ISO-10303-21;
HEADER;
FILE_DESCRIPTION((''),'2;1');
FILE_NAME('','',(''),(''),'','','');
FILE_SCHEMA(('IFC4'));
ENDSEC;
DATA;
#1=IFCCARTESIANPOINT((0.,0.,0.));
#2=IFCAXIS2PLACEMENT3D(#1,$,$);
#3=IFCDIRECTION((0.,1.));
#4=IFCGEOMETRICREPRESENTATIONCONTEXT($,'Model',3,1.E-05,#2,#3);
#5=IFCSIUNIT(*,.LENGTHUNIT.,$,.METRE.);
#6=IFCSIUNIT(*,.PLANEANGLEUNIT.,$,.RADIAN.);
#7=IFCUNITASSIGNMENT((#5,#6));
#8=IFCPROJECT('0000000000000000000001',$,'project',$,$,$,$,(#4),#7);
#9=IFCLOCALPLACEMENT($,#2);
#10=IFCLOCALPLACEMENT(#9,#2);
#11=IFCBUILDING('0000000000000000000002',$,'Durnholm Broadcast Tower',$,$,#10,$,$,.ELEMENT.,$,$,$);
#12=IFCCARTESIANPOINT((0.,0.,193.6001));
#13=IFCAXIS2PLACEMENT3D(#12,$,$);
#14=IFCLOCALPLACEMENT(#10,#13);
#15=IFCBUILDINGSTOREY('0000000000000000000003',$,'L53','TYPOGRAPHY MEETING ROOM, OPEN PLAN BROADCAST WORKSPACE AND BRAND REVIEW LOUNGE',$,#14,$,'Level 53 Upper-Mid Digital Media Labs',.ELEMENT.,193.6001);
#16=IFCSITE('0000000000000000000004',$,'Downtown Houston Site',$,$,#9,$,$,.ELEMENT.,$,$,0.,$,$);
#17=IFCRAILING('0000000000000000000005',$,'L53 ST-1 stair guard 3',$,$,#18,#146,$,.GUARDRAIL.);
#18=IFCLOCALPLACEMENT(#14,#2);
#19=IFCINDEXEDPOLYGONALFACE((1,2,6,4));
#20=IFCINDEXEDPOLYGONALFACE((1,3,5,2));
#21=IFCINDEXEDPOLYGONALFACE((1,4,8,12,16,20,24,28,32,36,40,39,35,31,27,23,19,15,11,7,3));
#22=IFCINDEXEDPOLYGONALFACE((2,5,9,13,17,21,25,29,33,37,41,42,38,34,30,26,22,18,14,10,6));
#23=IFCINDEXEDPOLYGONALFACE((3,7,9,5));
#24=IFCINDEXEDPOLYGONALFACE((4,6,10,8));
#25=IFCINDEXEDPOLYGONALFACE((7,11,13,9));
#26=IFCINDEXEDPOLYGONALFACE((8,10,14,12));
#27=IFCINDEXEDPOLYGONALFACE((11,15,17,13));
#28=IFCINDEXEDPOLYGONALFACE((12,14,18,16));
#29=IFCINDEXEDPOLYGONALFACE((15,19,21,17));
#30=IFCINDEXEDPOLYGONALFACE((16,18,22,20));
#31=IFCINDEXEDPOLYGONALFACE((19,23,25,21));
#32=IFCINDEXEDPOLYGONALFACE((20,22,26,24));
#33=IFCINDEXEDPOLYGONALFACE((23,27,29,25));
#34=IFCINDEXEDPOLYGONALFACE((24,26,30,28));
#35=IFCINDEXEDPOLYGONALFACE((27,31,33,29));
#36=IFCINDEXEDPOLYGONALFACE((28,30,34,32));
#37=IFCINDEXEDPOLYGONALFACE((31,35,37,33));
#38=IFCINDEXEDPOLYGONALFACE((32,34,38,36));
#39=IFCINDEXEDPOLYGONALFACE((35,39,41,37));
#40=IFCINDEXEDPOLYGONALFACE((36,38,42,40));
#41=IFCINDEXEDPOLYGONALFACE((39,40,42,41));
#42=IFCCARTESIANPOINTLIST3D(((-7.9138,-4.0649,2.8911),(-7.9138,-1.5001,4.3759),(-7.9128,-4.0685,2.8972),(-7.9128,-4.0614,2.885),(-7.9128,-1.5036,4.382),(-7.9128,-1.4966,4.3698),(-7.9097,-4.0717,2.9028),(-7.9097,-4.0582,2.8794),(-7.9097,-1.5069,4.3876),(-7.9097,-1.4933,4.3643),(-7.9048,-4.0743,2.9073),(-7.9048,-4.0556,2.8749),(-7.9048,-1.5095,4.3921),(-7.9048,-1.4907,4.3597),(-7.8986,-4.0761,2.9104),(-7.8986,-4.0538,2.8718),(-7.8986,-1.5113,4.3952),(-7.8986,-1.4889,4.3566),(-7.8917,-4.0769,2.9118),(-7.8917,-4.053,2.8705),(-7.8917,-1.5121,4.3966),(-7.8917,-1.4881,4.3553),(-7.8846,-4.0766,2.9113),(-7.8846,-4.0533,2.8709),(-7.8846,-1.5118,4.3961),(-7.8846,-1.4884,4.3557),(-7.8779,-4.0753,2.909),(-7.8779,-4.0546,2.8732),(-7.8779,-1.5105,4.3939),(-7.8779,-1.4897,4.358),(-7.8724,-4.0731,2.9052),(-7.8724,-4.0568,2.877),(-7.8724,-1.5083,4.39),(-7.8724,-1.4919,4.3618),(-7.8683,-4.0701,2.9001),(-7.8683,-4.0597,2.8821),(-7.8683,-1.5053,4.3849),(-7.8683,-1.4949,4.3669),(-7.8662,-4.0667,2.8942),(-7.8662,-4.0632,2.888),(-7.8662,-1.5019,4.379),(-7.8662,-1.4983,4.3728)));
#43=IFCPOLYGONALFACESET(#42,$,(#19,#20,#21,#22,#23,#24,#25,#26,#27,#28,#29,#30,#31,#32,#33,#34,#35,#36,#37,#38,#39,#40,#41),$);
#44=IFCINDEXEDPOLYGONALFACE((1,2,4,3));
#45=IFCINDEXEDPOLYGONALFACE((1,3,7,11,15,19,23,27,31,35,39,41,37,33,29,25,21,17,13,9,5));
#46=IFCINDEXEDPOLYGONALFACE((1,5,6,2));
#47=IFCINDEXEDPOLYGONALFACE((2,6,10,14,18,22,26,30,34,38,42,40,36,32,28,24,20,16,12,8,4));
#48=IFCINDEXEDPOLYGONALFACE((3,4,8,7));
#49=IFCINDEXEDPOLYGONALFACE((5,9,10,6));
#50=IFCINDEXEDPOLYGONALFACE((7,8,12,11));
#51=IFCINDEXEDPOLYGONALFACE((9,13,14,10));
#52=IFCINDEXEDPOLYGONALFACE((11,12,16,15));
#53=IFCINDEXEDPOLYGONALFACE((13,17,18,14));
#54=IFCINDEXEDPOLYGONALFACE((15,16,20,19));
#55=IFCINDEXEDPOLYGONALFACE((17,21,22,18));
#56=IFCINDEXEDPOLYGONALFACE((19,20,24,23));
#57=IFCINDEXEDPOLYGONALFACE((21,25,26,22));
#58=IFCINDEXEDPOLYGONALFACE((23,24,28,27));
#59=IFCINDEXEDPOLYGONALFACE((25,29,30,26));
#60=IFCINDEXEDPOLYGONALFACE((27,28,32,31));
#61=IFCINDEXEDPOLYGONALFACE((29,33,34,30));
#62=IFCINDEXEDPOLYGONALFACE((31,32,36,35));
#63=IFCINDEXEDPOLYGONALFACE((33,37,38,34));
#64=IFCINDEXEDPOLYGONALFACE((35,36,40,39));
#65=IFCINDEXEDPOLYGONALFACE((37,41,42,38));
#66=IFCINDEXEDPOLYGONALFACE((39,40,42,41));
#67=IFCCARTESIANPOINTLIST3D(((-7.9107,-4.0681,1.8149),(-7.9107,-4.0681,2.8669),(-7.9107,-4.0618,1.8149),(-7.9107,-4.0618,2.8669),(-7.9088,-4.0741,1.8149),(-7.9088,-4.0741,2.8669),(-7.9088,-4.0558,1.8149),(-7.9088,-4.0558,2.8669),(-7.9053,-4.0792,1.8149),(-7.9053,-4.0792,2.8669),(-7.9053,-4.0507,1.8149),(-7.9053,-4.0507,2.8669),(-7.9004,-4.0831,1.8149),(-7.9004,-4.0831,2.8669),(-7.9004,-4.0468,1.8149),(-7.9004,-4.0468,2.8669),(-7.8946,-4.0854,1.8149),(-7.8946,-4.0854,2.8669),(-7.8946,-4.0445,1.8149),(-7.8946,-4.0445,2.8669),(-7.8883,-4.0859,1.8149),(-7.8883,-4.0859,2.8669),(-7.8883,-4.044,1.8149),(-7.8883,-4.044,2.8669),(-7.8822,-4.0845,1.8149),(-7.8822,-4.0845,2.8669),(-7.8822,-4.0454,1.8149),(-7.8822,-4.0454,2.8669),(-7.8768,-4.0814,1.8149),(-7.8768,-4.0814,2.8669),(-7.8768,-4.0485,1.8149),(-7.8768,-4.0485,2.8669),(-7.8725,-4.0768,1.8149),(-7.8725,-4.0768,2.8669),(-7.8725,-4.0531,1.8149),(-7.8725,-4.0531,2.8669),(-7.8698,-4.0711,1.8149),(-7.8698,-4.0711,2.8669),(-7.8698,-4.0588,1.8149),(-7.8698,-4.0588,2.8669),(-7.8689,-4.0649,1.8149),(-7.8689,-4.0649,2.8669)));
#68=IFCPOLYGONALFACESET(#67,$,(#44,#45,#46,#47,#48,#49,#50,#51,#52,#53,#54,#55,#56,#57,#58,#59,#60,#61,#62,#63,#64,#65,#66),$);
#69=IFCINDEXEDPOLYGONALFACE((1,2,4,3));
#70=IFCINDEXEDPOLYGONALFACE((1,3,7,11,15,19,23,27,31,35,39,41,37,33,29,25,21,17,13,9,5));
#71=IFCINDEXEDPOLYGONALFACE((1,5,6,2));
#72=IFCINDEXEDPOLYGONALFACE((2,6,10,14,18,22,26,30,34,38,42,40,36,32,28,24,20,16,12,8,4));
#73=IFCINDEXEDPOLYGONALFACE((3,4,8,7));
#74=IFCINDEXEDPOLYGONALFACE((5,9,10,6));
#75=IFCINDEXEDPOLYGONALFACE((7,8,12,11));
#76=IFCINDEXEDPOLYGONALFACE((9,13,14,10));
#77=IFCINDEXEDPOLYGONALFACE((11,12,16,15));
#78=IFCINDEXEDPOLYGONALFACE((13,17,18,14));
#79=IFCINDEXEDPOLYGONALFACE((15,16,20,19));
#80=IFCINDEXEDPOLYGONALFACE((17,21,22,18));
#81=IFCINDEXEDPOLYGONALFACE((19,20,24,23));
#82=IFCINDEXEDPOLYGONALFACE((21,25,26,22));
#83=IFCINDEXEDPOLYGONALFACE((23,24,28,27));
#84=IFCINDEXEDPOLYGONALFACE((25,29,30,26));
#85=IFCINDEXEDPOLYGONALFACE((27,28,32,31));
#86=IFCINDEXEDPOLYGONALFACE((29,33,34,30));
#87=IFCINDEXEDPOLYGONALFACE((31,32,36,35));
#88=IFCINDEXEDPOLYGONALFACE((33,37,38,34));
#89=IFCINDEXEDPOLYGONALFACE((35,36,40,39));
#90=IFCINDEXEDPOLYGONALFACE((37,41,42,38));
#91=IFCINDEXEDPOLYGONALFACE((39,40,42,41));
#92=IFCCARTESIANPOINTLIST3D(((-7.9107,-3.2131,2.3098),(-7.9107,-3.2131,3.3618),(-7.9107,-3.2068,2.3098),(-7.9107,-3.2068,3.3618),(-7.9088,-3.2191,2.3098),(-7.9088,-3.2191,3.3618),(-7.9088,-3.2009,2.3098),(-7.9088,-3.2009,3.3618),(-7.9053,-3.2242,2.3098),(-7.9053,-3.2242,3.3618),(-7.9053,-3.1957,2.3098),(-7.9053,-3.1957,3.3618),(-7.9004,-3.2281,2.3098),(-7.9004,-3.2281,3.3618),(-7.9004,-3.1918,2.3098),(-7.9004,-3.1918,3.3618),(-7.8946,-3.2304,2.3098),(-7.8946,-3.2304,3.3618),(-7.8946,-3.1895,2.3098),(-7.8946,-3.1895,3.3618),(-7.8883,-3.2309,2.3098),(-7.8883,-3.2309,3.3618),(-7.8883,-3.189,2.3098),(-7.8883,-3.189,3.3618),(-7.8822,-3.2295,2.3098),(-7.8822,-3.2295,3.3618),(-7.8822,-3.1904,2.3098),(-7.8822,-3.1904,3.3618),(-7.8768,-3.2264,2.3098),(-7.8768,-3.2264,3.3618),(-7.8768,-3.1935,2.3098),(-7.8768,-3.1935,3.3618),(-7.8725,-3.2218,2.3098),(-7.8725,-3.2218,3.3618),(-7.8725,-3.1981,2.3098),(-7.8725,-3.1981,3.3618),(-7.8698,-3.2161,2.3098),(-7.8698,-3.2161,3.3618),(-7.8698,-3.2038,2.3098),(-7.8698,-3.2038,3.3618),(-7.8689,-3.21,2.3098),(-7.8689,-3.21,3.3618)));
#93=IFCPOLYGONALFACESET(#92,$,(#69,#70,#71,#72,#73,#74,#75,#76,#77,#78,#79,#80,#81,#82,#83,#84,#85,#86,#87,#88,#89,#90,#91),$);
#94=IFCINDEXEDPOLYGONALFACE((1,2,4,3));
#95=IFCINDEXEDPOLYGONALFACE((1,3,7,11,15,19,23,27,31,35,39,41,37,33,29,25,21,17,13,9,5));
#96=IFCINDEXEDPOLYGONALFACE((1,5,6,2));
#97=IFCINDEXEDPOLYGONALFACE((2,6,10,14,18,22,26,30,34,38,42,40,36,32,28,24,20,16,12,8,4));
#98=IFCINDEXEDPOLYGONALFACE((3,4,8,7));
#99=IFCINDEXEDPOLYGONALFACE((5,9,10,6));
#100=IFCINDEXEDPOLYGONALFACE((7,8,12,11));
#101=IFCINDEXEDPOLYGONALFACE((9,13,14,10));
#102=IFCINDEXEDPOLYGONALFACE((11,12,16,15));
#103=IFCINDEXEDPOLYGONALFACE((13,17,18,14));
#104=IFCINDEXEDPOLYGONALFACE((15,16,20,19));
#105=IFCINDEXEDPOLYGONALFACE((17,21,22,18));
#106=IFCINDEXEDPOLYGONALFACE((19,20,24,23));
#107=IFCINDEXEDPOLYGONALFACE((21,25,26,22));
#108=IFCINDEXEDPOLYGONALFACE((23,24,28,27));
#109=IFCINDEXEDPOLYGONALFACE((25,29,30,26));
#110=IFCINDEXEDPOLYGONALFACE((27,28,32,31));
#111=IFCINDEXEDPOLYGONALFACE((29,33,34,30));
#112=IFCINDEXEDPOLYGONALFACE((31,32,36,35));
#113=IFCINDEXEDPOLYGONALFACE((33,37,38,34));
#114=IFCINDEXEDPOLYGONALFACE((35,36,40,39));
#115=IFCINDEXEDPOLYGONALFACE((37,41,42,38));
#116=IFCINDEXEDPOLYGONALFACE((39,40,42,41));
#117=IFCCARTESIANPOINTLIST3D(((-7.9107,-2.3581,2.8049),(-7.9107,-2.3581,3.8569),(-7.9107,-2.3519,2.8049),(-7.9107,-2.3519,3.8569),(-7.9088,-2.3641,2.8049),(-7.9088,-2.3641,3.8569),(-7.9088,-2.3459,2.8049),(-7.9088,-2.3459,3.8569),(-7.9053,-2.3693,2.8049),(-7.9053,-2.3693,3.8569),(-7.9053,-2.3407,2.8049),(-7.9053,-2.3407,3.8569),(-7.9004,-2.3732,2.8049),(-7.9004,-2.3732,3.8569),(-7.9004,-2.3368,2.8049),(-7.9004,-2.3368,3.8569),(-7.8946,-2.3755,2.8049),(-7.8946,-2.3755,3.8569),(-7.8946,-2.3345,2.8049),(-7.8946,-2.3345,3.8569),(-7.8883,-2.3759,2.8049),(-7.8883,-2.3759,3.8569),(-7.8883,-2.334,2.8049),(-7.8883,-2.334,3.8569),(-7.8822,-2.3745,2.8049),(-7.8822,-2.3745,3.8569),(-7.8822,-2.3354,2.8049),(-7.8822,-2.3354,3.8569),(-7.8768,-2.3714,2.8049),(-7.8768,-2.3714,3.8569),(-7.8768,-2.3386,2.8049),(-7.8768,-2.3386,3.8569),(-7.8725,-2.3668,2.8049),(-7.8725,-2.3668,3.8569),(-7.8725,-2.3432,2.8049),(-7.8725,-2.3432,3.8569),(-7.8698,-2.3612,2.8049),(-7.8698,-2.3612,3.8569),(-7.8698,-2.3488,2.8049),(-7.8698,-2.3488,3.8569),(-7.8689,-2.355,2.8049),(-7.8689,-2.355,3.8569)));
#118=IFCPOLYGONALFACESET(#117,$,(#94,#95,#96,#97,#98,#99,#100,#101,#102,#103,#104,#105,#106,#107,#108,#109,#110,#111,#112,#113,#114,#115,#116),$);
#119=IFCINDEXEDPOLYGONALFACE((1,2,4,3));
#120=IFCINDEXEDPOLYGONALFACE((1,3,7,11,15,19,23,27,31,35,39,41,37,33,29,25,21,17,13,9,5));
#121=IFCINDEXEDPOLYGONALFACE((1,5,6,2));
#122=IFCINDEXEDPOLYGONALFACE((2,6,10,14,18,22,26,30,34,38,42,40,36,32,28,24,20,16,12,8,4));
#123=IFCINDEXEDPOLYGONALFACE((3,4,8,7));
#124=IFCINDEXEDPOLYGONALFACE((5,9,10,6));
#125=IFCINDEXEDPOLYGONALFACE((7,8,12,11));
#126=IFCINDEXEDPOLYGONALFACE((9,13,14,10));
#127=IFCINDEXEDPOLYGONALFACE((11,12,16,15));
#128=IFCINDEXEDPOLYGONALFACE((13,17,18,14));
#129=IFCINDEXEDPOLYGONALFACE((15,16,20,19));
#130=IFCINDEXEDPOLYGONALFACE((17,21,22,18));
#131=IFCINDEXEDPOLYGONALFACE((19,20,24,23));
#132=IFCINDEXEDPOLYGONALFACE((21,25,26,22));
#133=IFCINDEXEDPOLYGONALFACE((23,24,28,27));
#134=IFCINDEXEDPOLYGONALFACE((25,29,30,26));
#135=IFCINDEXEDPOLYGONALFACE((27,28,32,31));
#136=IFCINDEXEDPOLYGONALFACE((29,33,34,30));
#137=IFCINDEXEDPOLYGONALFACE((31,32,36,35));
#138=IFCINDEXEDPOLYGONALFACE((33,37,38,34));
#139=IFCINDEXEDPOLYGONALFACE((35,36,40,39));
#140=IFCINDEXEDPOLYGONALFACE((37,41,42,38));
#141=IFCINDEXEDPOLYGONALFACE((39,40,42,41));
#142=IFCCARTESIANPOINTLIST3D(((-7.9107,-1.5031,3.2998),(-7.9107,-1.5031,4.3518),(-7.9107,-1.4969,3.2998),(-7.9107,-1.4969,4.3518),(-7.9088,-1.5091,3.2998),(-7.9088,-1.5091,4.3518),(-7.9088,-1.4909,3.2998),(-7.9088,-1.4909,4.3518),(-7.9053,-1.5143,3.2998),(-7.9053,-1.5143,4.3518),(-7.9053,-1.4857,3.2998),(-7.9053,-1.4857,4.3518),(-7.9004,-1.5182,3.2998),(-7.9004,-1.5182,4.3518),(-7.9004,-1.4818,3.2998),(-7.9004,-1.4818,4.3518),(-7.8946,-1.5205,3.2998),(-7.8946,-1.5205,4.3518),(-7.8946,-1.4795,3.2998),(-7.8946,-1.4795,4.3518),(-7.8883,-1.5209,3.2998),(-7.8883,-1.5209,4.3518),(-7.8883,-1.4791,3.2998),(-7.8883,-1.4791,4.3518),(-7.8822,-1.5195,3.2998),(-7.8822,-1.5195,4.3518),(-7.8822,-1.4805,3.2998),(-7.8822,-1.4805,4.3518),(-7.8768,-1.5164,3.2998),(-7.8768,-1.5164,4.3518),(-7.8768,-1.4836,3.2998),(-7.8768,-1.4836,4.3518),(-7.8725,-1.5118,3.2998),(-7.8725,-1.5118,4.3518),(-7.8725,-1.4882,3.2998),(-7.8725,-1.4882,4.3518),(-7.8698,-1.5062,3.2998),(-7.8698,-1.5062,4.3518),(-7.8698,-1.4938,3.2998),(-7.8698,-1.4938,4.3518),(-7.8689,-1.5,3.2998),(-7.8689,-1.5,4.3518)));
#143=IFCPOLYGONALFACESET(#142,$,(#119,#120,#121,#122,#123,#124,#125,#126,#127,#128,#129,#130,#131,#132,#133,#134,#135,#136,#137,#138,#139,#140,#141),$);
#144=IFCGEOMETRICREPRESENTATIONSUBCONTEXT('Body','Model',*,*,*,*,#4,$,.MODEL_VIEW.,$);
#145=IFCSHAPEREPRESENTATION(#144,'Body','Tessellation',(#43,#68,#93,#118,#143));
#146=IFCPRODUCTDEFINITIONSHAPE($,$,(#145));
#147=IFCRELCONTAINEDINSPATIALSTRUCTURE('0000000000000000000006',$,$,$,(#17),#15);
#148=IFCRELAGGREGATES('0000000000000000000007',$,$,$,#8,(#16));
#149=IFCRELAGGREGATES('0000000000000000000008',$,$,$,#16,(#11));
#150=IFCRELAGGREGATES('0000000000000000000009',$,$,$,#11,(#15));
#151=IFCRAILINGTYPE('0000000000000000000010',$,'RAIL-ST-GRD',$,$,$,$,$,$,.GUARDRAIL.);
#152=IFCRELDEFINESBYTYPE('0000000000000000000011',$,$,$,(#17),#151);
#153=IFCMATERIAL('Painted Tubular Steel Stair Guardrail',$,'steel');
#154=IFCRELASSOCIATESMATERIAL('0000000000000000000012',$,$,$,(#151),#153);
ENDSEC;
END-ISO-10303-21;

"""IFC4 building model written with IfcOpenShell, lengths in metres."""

from ifc_helpers import new_model, si_unit, direction, frame, origin, origin_2d, place, context, subcontext, project, spatial, circle, extrude, material, type_object, element, save


model = new_model("IFC4")

# Units and contexts
model_context = context("Model", 3, precision=1e-05, world=origin(), true_north=direction((0.0, 1.0)))
body_context = subcontext(model_context, "Body", "Model", "MODEL_VIEW")
ifc_project = project(units=[si_unit("LENGTHUNIT", "METRE"), si_unit("PLANEANGLEUNIT", "RADIAN")], contexts=[model_context])

# Site, building, storey
site_placement = place(None, origin())
site = spatial("IfcSite", under=ifc_project, at=site_placement, Name="Downtown Houston Site", CompositionType="ELEMENT", RefElevation=0.0)
building_placement = place(site_placement, origin())
building = spatial("IfcBuilding", under=site, at=building_placement, Name="Durnholm Broadcast Tower", CompositionType="ELEMENT")
storey_placement = place(building_placement, frame((0.0, 0.0, 193.6001)))
storey = spatial("IfcBuildingStorey", under=building, at=storey_placement, Name="L53", Description="TYPOGRAPHY MEETING ROOM, OPEN PLAN BROADCAST WORKSPACE AND BRAND REVIEW LOUNGE", LongName="Level 53 Upper-Mid Digital Media Labs", CompositionType="ELEMENT", Elevation=193.6001)

# Railing
ifc_material_1 = material(Name="Painted Tubular Steel Stair Guardrail", Category="steel")
railing_type_1 = type_object("IfcRailingType", Name="RAIL-ST-GRD", PredefinedType="GUARDRAIL", material=ifc_material_1)
railing_1_placement = place(storey_placement, frame((-7.8899, -4.0649, 1.8149)))
element("IfcRailing", 1, at=railing_1_placement, inside=storey, type_object=railing_type_1, Name="L53 ST-1 stair guard 3", PredefinedType="GUARDRAIL", context=body_context, shape_type="SweptSolid", body=[
    extrude(circle(Radius=0.0239, at=origin_2d()), frame((0.0, 0.0, 1.0762), z_axis=(0.0, 0.865441, 0.50101), x_axis=(-1.0, 0.0, 0.0)), (0.0, 0.0, 1.0), 2.9636),
    extrude(circle(Radius=0.021, at=origin_2d()), origin(), (0.0, 0.0, 1.0), 1.052),
    extrude(circle(Radius=0.021, at=origin_2d()), frame((0.0, 0.855, 0.4949)), (0.0, 0.0, 1.0), 1.052),
    extrude(circle(Radius=0.021, at=origin_2d()), frame((0.0, 1.71, 0.99)), (0.0, 0.0, 1.0), 1.052),
    extrude(circle(Radius=0.021, at=origin_2d()), frame((0.0, 2.5649, 1.4849)), (0.0, 0.0, 1.0), 1.052),
])

save(model, "model.ifc")
